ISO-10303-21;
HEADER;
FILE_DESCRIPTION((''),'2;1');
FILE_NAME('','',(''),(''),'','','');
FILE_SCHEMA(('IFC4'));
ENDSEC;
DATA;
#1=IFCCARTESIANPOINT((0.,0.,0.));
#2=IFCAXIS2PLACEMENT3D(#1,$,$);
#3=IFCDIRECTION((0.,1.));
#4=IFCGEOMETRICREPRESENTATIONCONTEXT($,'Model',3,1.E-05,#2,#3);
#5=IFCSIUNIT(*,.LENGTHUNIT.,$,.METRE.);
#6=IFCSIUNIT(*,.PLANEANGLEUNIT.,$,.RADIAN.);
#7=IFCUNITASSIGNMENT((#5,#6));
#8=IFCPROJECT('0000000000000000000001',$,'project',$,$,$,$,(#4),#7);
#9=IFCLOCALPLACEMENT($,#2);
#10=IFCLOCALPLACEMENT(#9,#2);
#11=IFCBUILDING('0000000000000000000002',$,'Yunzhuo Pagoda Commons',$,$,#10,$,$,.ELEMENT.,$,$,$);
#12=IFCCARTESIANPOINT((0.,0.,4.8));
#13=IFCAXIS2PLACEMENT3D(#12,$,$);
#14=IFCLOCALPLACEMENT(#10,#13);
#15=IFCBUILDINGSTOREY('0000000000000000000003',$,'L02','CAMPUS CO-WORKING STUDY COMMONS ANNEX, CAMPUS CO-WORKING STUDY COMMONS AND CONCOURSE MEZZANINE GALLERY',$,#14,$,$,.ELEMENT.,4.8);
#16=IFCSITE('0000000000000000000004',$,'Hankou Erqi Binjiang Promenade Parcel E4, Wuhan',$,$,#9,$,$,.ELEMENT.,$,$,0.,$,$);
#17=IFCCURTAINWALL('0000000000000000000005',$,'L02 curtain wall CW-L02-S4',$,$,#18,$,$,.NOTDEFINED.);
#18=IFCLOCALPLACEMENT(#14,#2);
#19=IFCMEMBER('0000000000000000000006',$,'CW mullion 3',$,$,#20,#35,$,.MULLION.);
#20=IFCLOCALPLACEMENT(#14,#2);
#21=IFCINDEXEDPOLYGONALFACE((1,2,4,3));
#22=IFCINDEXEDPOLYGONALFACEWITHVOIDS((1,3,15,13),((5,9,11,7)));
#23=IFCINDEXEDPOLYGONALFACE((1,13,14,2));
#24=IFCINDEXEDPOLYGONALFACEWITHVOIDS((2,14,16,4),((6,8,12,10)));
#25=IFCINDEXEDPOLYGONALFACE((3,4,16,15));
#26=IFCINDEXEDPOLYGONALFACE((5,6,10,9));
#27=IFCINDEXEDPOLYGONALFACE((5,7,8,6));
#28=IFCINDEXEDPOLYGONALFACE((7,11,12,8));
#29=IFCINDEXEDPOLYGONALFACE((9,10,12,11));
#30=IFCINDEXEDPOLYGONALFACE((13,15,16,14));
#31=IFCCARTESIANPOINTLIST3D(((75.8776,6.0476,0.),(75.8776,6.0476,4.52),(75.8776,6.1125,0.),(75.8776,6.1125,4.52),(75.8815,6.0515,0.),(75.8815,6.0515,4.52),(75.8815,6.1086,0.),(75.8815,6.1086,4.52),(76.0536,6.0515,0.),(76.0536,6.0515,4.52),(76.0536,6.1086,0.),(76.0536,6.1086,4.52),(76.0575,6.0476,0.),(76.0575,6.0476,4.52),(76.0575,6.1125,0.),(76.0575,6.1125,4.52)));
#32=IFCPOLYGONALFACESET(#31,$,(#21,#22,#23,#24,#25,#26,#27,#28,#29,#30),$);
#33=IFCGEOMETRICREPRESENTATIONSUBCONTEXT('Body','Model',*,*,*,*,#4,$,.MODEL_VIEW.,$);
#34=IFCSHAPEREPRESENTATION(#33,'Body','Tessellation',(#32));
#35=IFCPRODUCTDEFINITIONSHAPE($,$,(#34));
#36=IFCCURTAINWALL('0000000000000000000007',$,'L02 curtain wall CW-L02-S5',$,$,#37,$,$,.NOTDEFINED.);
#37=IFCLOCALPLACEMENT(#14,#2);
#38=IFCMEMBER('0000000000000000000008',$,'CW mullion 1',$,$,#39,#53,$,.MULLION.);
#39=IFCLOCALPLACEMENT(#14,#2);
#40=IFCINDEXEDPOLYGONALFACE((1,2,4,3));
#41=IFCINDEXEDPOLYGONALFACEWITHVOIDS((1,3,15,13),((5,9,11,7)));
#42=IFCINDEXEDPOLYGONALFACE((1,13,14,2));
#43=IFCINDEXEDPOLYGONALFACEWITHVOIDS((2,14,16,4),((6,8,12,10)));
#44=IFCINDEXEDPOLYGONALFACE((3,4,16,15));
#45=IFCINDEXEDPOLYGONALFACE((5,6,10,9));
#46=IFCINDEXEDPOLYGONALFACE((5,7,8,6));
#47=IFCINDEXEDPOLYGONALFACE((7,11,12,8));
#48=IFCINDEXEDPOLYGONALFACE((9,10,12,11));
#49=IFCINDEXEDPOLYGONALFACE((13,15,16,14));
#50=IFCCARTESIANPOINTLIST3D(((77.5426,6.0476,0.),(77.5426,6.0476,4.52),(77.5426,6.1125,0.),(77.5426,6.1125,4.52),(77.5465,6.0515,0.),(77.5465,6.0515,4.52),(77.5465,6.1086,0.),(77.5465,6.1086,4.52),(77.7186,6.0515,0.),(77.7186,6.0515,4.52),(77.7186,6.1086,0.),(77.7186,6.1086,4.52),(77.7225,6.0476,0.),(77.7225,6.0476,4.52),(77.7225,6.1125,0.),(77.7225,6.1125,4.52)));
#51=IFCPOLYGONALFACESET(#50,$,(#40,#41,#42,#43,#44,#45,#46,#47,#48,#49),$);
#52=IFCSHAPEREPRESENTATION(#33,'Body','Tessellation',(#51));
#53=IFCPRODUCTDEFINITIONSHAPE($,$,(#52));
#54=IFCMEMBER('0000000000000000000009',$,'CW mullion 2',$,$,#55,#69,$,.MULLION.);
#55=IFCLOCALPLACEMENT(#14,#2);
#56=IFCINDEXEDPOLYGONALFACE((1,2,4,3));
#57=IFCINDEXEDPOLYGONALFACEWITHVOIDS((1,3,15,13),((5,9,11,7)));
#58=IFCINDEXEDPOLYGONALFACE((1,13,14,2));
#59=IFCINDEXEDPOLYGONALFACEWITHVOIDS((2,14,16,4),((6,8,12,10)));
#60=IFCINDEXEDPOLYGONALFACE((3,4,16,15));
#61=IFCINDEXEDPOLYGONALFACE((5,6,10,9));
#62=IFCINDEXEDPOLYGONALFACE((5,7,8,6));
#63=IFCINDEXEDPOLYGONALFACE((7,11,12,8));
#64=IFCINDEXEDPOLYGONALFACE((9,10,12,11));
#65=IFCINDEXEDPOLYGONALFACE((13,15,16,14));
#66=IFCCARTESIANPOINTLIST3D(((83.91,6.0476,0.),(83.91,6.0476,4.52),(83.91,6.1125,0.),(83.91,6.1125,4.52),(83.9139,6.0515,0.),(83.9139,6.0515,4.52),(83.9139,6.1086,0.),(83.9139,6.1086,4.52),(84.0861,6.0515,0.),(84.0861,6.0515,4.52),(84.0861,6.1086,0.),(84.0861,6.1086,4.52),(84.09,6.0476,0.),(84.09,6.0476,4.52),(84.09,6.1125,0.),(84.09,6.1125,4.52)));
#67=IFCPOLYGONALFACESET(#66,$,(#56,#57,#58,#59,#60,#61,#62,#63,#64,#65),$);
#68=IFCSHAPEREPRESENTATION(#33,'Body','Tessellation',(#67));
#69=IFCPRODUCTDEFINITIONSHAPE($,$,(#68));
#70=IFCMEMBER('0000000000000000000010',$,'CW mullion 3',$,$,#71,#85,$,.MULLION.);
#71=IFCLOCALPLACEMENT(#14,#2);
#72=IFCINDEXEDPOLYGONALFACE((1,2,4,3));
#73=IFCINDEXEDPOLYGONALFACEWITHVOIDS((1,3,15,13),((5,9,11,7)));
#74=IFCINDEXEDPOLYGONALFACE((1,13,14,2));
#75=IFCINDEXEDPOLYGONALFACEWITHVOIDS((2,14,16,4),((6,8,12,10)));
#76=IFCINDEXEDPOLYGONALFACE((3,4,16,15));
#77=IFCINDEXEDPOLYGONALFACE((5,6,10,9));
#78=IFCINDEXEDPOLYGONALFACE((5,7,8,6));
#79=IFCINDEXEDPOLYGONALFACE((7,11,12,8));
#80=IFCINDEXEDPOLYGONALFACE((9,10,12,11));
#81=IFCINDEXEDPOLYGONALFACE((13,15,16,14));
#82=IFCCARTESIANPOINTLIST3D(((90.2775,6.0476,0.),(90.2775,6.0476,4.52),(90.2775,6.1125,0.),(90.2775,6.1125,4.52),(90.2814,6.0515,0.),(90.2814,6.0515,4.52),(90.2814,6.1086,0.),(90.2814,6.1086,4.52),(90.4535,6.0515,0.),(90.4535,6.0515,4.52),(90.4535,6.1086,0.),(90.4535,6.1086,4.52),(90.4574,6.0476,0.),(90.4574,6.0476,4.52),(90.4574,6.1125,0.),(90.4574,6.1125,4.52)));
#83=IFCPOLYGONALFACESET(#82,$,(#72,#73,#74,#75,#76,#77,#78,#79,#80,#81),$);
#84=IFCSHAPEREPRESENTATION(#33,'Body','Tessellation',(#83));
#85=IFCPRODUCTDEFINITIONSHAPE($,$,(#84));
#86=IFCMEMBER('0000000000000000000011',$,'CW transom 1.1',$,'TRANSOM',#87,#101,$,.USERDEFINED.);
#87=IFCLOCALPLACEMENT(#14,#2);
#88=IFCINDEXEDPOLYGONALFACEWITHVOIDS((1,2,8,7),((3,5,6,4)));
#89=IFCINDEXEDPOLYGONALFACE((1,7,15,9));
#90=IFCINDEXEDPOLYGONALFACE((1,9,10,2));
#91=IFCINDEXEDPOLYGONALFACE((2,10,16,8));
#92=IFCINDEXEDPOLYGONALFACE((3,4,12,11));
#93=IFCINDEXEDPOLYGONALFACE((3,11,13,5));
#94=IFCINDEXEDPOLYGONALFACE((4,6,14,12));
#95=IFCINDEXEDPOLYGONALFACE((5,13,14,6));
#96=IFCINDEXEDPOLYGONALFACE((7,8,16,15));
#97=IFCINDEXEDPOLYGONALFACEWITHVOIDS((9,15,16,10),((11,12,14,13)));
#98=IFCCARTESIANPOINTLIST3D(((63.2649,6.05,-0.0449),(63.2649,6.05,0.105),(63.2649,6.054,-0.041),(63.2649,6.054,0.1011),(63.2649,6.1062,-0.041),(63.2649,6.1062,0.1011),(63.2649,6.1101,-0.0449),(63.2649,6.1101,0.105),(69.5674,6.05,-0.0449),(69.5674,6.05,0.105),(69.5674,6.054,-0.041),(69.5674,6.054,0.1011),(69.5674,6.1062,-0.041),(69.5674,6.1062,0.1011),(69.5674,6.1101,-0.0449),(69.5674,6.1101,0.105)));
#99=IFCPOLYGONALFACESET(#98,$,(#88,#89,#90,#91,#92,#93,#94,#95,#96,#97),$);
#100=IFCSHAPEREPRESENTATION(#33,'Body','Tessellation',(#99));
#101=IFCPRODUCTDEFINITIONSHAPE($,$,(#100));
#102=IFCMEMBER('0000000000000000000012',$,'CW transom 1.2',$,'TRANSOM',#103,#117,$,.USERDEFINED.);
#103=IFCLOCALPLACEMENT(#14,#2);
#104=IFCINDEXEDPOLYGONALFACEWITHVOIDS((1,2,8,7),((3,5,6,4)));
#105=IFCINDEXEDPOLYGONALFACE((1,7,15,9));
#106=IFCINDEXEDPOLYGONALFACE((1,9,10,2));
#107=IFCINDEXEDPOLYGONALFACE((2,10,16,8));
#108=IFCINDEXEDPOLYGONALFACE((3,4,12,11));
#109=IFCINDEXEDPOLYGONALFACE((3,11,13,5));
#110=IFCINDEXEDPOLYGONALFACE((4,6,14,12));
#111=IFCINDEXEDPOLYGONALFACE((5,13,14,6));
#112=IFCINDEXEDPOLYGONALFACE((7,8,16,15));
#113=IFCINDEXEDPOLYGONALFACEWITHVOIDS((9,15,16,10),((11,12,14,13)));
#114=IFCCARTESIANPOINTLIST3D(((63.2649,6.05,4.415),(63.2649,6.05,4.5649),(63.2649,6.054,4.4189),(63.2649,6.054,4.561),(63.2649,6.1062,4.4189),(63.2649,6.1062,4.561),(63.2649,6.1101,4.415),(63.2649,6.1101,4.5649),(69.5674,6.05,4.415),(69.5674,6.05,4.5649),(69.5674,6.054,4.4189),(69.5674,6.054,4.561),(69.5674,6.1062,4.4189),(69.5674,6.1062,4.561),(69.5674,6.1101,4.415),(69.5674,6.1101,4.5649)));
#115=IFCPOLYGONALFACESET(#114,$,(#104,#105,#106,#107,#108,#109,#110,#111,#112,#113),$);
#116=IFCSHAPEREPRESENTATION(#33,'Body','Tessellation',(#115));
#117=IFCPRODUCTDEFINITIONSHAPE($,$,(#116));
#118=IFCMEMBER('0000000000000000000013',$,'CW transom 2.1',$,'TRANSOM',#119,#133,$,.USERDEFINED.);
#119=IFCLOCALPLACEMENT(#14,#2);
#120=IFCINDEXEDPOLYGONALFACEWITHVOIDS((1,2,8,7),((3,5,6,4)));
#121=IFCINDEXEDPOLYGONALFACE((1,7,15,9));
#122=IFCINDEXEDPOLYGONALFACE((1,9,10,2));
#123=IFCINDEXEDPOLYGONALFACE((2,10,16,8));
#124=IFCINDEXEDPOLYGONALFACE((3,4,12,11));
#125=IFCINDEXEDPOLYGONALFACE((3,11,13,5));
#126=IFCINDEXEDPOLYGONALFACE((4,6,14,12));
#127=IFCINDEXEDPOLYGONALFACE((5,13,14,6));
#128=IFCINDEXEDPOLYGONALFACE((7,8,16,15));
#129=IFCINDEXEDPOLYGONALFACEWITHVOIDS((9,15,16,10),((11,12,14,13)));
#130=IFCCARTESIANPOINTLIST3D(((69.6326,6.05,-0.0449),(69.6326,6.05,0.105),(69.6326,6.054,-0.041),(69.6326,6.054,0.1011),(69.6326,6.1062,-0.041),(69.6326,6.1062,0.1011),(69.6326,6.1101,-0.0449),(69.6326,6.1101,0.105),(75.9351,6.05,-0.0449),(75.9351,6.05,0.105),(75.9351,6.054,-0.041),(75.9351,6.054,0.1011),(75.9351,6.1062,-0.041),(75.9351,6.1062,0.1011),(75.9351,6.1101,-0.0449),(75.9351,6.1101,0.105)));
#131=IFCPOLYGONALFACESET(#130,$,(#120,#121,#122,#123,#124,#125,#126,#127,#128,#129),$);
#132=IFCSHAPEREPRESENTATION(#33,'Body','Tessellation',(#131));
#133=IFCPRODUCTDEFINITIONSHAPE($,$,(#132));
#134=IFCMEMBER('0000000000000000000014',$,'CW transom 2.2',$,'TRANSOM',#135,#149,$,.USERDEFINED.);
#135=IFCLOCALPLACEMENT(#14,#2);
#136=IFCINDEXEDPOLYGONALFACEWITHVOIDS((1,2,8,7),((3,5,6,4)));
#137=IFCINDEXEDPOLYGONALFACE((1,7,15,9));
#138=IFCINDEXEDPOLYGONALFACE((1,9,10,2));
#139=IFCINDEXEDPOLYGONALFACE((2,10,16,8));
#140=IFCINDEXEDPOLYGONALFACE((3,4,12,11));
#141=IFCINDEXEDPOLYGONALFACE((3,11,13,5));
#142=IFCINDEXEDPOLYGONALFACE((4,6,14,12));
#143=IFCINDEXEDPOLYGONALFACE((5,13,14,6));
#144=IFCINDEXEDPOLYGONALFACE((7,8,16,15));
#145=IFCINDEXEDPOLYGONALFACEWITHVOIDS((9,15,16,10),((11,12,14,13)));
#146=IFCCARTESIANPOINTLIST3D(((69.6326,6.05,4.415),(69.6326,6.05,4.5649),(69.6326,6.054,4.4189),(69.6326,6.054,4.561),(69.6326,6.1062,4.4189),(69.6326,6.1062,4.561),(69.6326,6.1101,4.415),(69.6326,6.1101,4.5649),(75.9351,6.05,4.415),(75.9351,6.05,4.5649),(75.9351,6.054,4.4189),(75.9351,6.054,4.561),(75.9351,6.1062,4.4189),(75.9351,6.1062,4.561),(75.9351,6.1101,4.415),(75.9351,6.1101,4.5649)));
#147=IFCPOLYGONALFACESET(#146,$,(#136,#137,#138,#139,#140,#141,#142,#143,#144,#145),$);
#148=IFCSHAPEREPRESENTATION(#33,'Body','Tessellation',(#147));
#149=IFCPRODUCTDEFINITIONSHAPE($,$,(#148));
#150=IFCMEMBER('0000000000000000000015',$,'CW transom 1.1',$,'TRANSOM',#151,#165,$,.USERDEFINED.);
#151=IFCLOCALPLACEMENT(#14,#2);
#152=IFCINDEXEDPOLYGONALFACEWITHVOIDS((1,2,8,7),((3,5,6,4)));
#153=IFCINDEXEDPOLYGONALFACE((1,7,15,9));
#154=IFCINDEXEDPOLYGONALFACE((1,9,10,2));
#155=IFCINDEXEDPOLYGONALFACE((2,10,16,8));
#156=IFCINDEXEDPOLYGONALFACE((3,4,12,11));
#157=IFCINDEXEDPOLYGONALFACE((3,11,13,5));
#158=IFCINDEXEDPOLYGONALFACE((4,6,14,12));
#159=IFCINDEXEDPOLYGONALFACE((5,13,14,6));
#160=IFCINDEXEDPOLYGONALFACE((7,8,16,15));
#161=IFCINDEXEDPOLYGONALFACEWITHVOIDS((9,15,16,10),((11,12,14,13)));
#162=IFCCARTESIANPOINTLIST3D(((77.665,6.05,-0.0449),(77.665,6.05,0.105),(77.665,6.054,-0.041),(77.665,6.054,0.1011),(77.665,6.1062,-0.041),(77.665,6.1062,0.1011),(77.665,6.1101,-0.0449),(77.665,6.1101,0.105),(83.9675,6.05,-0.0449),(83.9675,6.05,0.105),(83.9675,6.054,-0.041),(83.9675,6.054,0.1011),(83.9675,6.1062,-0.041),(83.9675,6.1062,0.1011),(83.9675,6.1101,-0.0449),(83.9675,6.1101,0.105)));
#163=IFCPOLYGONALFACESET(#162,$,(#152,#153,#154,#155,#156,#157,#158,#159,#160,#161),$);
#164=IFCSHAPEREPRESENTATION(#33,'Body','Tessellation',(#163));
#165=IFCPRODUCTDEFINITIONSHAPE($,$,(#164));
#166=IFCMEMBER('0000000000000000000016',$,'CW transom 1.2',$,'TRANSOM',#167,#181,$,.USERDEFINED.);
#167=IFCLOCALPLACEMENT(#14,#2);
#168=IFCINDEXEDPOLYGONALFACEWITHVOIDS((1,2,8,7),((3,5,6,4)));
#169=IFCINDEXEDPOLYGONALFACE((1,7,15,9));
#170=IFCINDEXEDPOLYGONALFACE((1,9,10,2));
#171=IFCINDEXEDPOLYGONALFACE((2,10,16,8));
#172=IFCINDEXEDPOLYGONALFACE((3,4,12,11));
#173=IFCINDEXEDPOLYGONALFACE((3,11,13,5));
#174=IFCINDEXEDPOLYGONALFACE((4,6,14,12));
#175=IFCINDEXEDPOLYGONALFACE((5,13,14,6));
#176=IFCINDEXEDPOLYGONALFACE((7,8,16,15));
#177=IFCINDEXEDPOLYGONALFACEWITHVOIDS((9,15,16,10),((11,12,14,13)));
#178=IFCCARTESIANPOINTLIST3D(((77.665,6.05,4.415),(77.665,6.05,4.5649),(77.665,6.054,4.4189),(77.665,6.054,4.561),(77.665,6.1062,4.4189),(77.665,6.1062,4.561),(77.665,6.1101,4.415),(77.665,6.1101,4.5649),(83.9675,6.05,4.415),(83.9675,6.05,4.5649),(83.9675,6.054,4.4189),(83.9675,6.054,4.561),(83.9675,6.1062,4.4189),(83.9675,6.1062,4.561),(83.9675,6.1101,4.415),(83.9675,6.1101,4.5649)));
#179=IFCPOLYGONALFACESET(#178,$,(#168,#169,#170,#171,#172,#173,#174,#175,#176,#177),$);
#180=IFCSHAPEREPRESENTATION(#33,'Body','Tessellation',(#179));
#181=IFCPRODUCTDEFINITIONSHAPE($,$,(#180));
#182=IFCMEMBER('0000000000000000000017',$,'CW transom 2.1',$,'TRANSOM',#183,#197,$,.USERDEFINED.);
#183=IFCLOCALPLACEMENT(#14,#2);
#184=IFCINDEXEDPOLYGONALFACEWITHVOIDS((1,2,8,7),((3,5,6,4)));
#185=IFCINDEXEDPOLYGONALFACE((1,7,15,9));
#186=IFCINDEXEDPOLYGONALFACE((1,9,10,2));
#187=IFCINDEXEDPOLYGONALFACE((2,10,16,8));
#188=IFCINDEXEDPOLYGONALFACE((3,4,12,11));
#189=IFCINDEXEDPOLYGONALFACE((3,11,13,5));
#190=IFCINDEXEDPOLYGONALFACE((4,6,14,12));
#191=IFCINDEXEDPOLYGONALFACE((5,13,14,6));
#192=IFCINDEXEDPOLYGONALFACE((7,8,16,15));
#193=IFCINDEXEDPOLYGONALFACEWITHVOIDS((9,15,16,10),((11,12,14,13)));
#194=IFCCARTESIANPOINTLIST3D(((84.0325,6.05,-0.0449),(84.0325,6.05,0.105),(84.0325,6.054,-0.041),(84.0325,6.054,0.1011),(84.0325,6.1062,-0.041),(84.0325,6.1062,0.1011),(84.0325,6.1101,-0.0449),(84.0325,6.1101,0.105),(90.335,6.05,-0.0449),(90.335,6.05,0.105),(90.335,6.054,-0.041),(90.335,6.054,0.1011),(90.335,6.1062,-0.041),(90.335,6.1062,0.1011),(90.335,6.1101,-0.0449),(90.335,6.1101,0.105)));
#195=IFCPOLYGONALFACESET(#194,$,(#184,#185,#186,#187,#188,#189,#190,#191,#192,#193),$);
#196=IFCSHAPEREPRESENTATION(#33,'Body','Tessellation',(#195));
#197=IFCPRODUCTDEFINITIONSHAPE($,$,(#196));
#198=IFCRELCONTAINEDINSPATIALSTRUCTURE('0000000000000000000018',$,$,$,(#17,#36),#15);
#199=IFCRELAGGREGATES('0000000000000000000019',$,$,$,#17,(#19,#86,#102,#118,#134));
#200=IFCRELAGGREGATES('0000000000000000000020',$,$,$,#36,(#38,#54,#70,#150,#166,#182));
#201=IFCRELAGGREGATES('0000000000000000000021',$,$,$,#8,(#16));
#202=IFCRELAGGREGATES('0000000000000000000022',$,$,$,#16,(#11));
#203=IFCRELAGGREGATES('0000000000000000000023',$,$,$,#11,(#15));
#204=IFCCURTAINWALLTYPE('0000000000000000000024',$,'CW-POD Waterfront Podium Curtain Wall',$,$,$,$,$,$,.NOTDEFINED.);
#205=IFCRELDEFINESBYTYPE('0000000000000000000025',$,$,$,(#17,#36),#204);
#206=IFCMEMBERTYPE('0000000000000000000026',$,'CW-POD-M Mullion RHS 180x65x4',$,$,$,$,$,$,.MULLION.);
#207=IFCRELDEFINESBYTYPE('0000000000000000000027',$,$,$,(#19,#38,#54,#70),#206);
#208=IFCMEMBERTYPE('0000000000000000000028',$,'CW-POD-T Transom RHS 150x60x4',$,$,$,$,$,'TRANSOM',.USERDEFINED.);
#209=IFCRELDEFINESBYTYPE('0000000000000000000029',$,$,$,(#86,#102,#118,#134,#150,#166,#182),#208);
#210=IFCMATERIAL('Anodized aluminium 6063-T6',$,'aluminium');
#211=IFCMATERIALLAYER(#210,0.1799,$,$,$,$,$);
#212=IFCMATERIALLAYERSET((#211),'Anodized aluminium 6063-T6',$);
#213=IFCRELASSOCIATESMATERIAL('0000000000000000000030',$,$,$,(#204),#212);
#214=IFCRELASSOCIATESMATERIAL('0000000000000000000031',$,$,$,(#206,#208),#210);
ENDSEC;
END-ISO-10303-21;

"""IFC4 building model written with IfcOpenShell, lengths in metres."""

from ifc_helpers import new_model, si_unit, direction, frame, origin, origin_2d, place, context, subcontext, project, spatial, hollow_rectangle, extrude, source, transform, mapped, material, layer, layer_set, material_profile, profile_set, type_object, element, aggregate, save


model = new_model("IFC4")

# Units and contexts
model_context = context("Model", 3, precision=1e-05, world=origin(), true_north=direction((0.0, 1.0)))
body_context = subcontext(model_context, "Body", "Model", "MODEL_VIEW")
ifc_project = project(units=[si_unit("LENGTHUNIT", "METRE"), si_unit("PLANEANGLEUNIT", "RADIAN")], contexts=[model_context])

# Site, building, storey
site_placement = place(None, origin())
site = spatial("IfcSite", under=ifc_project, at=site_placement, Name="Hankou Erqi Binjiang Promenade Parcel E4, Wuhan", CompositionType="ELEMENT", RefElevation=0.0)
building_placement = place(site_placement, origin())
building = spatial("IfcBuilding", under=site, at=building_placement, Name="Yunzhuo Pagoda Commons", CompositionType="ELEMENT")
storey_placement = place(building_placement, frame((0.0, 0.0, 4.8)))
storey = spatial("IfcBuildingStorey", under=building, at=storey_placement, Name="L02", Description="CAMPUS CO-WORKING STUDY COMMONS ANNEX, CAMPUS CO-WORKING STUDY COMMONS AND CONCOURSE MEZZANINE GALLERY", CompositionType="ELEMENT", Elevation=4.8)

# Shared definitions
ifc_material_1 = material(Name="Anodized aluminium 6063-T6", Category="aluminium")
ifc_layer_1 = layer(ifc_material_1, 0.1799)
ifc_layer_set_1 = layer_set([ifc_layer_1], Name="Anodized aluminium 6063-T6")
curtain_wall_type = type_object("IfcCurtainWallType", Name="CW-POD Waterfront Podium Curtain Wall", PredefinedType="NOTDEFINED", material=ifc_layer_set_1)
ifc_material_profile_1 = material_profile(ifc_material_1, hollow_rectangle(XDim=0.0649, YDim=0.1799, WallThickness=0.0039, at=origin_2d()), Name="Anodized aluminium 6063-T6")
ifc_profile_set_1 = profile_set([ifc_material_profile_1], Name="Anodized aluminium 6063-T6")
member_type_1 = type_object("IfcMemberType", Name="CW-POD-M Mullion RHS 180x65x4", PredefinedType="MULLION", material=ifc_profile_set_1)
shared_shape_1 = source(origin(), body_context, "Body", "SweptSolid", [
    extrude(hollow_rectangle(XDim=0.0649, YDim=0.1799, WallThickness=0.0039, at=origin_2d()), origin(), (0.0, 0.0, 1.0), 4.52),
])

# Curtain walls, members
curtain_wall_1_placement = place(storey_placement, origin())
curtain_wall_1 = element("IfcCurtainWall", 1, at=curtain_wall_1_placement, inside=storey, type_object=curtain_wall_type, Name="L02 curtain wall CW-L02-S4", PredefinedType="NOTDEFINED")
member_1_placement = place(storey_placement, frame((75.9675, 6.0801, 0.0), z_axis=(0.0, 0.0, 1.0), x_axis=(0.0, 1.0, 0.0)))
member_1 = element("IfcMember", 2, at=member_1_placement, type_object=member_type_1, Name="CW mullion 3", PredefinedType="MULLION", context=body_context, shape_type="MappedRepresentation", body=[
    mapped(shared_shape_1, transform((0.0, 0.0, 0.0), scale=1.0)),
])
curtain_wall_2_placement = place(storey_placement, origin())
curtain_wall_2 = element("IfcCurtainWall", 3, at=curtain_wall_2_placement, inside=storey, type_object=curtain_wall_type, Name="L02 curtain wall CW-L02-S5", PredefinedType="NOTDEFINED")
member_2_placement = place(storey_placement, frame((77.6326, 6.0801, 0.0), z_axis=(0.0, 0.0, 1.0), x_axis=(0.0, 1.0, 0.0)))
member_2 = element("IfcMember", 4, at=member_2_placement, type_object=member_type_1, Name="CW mullion 1", PredefinedType="MULLION", context=body_context, shape_type="MappedRepresentation", body=[
    mapped(shared_shape_1, transform((0.0, 0.0, 0.0), scale=1.0)),
])
member_3_placement = place(storey_placement, frame((84.0, 6.0801, 0.0), z_axis=(0.0, 0.0, 1.0), x_axis=(0.0, 1.0, 0.0)))
member_3 = element("IfcMember", 5, at=member_3_placement, type_object=member_type_1, Name="CW mullion 2", PredefinedType="MULLION", context=body_context, shape_type="MappedRepresentation", body=[
    mapped(shared_shape_1, transform((0.0, 0.0, 0.0), scale=1.0)),
])
member_4_placement = place(storey_placement, frame((90.3674, 6.0801, 0.0), z_axis=(0.0, 0.0, 1.0), x_axis=(0.0, 1.0, 0.0)))
member_4 = element("IfcMember", 6, at=member_4_placement, type_object=member_type_1, Name="CW mullion 3", PredefinedType="MULLION", context=body_context, shape_type="MappedRepresentation", body=[
    mapped(shared_shape_1, transform((0.0, 0.0, 0.0), scale=1.0)),
])

# Members
ifc_material_profile_2 = material_profile(ifc_material_1, hollow_rectangle(XDim=0.0601, YDim=0.1499, WallThickness=0.0039, at=origin_2d()), Name="Anodized aluminium 6063-T6")
ifc_profile_set_2 = profile_set([ifc_material_profile_2], Name="Anodized aluminium 6063-T6")
member_type_2 = type_object("IfcMemberType", Name="CW-POD-T Transom RHS 150x60x4", ElementType="TRANSOM", PredefinedType="USERDEFINED", material=ifc_profile_set_2)
shared_shape_2 = source(origin(), body_context, "Body", "SweptSolid", [
    extrude(hollow_rectangle(XDim=0.0601, YDim=0.1499, WallThickness=0.0039, at=origin_2d()), origin(), (0.0, 0.0, 1.0), 6.3025),
])
member_5_placement = place(storey_placement, frame((63.2649, 6.0801, 0.03), z_axis=(1.0, 0.0, 0.0), x_axis=(0.0, 1.0, 0.0)))
member_5 = element("IfcMember", 7, at=member_5_placement, type_object=member_type_2, Name="CW transom 1.1", ObjectType="TRANSOM", PredefinedType="USERDEFINED", context=body_context, shape_type="MappedRepresentation", body=[
    mapped(shared_shape_2, transform((0.0, 0.0, 0.0), scale=1.0)),
])
member_6_placement = place(storey_placement, frame((63.2649, 6.0801, 4.49), z_axis=(1.0, 0.0, 0.0), x_axis=(0.0, 1.0, 0.0)))
member_6 = element("IfcMember", 8, at=member_6_placement, type_object=member_type_2, Name="CW transom 1.2", ObjectType="TRANSOM", PredefinedType="USERDEFINED", context=body_context, shape_type="MappedRepresentation", body=[
    mapped(shared_shape_2, transform((0.0, 0.0, 0.0), scale=1.0)),
])
member_7_placement = place(storey_placement, frame((69.6326, 6.0801, 0.03), z_axis=(1.0, 0.0, 0.0), x_axis=(0.0, 1.0, 0.0)))
member_7 = element("IfcMember", 9, at=member_7_placement, type_object=member_type_2, Name="CW transom 2.1", ObjectType="TRANSOM", PredefinedType="USERDEFINED", context=body_context, shape_type="MappedRepresentation", body=[
    mapped(shared_shape_2, transform((0.0, 0.0, 0.0), scale=1.0)),
])
member_8_placement = place(storey_placement, frame((69.6326, 6.0801, 4.49), z_axis=(1.0, 0.0, 0.0), x_axis=(0.0, 1.0, 0.0)))
member_8 = element("IfcMember", 10, at=member_8_placement, type_object=member_type_2, Name="CW transom 2.2", ObjectType="TRANSOM", PredefinedType="USERDEFINED", context=body_context, shape_type="MappedRepresentation", body=[
    mapped(shared_shape_2, transform((0.0, 0.0, 0.0), scale=1.0)),
])
member_9_placement = place(storey_placement, frame((77.665, 6.0801, 0.03), z_axis=(1.0, 0.0, 0.0), x_axis=(0.0, 1.0, 0.0)))
member_9 = element("IfcMember", 11, at=member_9_placement, type_object=member_type_2, Name="CW transom 1.1", ObjectType="TRANSOM", PredefinedType="USERDEFINED", context=body_context, shape_type="MappedRepresentation", body=[
    mapped(shared_shape_2, transform((0.0, 0.0, 0.0), scale=1.0)),
])
member_10_placement = place(storey_placement, frame((77.665, 6.0801, 4.49), z_axis=(1.0, 0.0, 0.0), x_axis=(0.0, 1.0, 0.0)))
member_10 = element("IfcMember", 12, at=member_10_placement, type_object=member_type_2, Name="CW transom 1.2", ObjectType="TRANSOM", PredefinedType="USERDEFINED", context=body_context, shape_type="MappedRepresentation", body=[
    mapped(shared_shape_2, transform((0.0, 0.0, 0.0), scale=1.0)),
])
member_11_placement = place(storey_placement, frame((84.0325, 6.0801, 0.03), z_axis=(1.0, 0.0, 0.0), x_axis=(0.0, 1.0, 0.0)))
member_11 = element("IfcMember", 13, at=member_11_placement, type_object=member_type_2, Name="CW transom 2.1", ObjectType="TRANSOM", PredefinedType="USERDEFINED", context=body_context, shape_type="MappedRepresentation", body=[
    mapped(shared_shape_2, transform((0.0, 0.0, 0.0), scale=1.0)),
])

aggregate(curtain_wall_1, [member_1, member_5, member_6, member_7, member_8])
aggregate(curtain_wall_2, [member_2, member_3, member_4, member_9, member_10, member_11])

save(model, "model.ifc")
